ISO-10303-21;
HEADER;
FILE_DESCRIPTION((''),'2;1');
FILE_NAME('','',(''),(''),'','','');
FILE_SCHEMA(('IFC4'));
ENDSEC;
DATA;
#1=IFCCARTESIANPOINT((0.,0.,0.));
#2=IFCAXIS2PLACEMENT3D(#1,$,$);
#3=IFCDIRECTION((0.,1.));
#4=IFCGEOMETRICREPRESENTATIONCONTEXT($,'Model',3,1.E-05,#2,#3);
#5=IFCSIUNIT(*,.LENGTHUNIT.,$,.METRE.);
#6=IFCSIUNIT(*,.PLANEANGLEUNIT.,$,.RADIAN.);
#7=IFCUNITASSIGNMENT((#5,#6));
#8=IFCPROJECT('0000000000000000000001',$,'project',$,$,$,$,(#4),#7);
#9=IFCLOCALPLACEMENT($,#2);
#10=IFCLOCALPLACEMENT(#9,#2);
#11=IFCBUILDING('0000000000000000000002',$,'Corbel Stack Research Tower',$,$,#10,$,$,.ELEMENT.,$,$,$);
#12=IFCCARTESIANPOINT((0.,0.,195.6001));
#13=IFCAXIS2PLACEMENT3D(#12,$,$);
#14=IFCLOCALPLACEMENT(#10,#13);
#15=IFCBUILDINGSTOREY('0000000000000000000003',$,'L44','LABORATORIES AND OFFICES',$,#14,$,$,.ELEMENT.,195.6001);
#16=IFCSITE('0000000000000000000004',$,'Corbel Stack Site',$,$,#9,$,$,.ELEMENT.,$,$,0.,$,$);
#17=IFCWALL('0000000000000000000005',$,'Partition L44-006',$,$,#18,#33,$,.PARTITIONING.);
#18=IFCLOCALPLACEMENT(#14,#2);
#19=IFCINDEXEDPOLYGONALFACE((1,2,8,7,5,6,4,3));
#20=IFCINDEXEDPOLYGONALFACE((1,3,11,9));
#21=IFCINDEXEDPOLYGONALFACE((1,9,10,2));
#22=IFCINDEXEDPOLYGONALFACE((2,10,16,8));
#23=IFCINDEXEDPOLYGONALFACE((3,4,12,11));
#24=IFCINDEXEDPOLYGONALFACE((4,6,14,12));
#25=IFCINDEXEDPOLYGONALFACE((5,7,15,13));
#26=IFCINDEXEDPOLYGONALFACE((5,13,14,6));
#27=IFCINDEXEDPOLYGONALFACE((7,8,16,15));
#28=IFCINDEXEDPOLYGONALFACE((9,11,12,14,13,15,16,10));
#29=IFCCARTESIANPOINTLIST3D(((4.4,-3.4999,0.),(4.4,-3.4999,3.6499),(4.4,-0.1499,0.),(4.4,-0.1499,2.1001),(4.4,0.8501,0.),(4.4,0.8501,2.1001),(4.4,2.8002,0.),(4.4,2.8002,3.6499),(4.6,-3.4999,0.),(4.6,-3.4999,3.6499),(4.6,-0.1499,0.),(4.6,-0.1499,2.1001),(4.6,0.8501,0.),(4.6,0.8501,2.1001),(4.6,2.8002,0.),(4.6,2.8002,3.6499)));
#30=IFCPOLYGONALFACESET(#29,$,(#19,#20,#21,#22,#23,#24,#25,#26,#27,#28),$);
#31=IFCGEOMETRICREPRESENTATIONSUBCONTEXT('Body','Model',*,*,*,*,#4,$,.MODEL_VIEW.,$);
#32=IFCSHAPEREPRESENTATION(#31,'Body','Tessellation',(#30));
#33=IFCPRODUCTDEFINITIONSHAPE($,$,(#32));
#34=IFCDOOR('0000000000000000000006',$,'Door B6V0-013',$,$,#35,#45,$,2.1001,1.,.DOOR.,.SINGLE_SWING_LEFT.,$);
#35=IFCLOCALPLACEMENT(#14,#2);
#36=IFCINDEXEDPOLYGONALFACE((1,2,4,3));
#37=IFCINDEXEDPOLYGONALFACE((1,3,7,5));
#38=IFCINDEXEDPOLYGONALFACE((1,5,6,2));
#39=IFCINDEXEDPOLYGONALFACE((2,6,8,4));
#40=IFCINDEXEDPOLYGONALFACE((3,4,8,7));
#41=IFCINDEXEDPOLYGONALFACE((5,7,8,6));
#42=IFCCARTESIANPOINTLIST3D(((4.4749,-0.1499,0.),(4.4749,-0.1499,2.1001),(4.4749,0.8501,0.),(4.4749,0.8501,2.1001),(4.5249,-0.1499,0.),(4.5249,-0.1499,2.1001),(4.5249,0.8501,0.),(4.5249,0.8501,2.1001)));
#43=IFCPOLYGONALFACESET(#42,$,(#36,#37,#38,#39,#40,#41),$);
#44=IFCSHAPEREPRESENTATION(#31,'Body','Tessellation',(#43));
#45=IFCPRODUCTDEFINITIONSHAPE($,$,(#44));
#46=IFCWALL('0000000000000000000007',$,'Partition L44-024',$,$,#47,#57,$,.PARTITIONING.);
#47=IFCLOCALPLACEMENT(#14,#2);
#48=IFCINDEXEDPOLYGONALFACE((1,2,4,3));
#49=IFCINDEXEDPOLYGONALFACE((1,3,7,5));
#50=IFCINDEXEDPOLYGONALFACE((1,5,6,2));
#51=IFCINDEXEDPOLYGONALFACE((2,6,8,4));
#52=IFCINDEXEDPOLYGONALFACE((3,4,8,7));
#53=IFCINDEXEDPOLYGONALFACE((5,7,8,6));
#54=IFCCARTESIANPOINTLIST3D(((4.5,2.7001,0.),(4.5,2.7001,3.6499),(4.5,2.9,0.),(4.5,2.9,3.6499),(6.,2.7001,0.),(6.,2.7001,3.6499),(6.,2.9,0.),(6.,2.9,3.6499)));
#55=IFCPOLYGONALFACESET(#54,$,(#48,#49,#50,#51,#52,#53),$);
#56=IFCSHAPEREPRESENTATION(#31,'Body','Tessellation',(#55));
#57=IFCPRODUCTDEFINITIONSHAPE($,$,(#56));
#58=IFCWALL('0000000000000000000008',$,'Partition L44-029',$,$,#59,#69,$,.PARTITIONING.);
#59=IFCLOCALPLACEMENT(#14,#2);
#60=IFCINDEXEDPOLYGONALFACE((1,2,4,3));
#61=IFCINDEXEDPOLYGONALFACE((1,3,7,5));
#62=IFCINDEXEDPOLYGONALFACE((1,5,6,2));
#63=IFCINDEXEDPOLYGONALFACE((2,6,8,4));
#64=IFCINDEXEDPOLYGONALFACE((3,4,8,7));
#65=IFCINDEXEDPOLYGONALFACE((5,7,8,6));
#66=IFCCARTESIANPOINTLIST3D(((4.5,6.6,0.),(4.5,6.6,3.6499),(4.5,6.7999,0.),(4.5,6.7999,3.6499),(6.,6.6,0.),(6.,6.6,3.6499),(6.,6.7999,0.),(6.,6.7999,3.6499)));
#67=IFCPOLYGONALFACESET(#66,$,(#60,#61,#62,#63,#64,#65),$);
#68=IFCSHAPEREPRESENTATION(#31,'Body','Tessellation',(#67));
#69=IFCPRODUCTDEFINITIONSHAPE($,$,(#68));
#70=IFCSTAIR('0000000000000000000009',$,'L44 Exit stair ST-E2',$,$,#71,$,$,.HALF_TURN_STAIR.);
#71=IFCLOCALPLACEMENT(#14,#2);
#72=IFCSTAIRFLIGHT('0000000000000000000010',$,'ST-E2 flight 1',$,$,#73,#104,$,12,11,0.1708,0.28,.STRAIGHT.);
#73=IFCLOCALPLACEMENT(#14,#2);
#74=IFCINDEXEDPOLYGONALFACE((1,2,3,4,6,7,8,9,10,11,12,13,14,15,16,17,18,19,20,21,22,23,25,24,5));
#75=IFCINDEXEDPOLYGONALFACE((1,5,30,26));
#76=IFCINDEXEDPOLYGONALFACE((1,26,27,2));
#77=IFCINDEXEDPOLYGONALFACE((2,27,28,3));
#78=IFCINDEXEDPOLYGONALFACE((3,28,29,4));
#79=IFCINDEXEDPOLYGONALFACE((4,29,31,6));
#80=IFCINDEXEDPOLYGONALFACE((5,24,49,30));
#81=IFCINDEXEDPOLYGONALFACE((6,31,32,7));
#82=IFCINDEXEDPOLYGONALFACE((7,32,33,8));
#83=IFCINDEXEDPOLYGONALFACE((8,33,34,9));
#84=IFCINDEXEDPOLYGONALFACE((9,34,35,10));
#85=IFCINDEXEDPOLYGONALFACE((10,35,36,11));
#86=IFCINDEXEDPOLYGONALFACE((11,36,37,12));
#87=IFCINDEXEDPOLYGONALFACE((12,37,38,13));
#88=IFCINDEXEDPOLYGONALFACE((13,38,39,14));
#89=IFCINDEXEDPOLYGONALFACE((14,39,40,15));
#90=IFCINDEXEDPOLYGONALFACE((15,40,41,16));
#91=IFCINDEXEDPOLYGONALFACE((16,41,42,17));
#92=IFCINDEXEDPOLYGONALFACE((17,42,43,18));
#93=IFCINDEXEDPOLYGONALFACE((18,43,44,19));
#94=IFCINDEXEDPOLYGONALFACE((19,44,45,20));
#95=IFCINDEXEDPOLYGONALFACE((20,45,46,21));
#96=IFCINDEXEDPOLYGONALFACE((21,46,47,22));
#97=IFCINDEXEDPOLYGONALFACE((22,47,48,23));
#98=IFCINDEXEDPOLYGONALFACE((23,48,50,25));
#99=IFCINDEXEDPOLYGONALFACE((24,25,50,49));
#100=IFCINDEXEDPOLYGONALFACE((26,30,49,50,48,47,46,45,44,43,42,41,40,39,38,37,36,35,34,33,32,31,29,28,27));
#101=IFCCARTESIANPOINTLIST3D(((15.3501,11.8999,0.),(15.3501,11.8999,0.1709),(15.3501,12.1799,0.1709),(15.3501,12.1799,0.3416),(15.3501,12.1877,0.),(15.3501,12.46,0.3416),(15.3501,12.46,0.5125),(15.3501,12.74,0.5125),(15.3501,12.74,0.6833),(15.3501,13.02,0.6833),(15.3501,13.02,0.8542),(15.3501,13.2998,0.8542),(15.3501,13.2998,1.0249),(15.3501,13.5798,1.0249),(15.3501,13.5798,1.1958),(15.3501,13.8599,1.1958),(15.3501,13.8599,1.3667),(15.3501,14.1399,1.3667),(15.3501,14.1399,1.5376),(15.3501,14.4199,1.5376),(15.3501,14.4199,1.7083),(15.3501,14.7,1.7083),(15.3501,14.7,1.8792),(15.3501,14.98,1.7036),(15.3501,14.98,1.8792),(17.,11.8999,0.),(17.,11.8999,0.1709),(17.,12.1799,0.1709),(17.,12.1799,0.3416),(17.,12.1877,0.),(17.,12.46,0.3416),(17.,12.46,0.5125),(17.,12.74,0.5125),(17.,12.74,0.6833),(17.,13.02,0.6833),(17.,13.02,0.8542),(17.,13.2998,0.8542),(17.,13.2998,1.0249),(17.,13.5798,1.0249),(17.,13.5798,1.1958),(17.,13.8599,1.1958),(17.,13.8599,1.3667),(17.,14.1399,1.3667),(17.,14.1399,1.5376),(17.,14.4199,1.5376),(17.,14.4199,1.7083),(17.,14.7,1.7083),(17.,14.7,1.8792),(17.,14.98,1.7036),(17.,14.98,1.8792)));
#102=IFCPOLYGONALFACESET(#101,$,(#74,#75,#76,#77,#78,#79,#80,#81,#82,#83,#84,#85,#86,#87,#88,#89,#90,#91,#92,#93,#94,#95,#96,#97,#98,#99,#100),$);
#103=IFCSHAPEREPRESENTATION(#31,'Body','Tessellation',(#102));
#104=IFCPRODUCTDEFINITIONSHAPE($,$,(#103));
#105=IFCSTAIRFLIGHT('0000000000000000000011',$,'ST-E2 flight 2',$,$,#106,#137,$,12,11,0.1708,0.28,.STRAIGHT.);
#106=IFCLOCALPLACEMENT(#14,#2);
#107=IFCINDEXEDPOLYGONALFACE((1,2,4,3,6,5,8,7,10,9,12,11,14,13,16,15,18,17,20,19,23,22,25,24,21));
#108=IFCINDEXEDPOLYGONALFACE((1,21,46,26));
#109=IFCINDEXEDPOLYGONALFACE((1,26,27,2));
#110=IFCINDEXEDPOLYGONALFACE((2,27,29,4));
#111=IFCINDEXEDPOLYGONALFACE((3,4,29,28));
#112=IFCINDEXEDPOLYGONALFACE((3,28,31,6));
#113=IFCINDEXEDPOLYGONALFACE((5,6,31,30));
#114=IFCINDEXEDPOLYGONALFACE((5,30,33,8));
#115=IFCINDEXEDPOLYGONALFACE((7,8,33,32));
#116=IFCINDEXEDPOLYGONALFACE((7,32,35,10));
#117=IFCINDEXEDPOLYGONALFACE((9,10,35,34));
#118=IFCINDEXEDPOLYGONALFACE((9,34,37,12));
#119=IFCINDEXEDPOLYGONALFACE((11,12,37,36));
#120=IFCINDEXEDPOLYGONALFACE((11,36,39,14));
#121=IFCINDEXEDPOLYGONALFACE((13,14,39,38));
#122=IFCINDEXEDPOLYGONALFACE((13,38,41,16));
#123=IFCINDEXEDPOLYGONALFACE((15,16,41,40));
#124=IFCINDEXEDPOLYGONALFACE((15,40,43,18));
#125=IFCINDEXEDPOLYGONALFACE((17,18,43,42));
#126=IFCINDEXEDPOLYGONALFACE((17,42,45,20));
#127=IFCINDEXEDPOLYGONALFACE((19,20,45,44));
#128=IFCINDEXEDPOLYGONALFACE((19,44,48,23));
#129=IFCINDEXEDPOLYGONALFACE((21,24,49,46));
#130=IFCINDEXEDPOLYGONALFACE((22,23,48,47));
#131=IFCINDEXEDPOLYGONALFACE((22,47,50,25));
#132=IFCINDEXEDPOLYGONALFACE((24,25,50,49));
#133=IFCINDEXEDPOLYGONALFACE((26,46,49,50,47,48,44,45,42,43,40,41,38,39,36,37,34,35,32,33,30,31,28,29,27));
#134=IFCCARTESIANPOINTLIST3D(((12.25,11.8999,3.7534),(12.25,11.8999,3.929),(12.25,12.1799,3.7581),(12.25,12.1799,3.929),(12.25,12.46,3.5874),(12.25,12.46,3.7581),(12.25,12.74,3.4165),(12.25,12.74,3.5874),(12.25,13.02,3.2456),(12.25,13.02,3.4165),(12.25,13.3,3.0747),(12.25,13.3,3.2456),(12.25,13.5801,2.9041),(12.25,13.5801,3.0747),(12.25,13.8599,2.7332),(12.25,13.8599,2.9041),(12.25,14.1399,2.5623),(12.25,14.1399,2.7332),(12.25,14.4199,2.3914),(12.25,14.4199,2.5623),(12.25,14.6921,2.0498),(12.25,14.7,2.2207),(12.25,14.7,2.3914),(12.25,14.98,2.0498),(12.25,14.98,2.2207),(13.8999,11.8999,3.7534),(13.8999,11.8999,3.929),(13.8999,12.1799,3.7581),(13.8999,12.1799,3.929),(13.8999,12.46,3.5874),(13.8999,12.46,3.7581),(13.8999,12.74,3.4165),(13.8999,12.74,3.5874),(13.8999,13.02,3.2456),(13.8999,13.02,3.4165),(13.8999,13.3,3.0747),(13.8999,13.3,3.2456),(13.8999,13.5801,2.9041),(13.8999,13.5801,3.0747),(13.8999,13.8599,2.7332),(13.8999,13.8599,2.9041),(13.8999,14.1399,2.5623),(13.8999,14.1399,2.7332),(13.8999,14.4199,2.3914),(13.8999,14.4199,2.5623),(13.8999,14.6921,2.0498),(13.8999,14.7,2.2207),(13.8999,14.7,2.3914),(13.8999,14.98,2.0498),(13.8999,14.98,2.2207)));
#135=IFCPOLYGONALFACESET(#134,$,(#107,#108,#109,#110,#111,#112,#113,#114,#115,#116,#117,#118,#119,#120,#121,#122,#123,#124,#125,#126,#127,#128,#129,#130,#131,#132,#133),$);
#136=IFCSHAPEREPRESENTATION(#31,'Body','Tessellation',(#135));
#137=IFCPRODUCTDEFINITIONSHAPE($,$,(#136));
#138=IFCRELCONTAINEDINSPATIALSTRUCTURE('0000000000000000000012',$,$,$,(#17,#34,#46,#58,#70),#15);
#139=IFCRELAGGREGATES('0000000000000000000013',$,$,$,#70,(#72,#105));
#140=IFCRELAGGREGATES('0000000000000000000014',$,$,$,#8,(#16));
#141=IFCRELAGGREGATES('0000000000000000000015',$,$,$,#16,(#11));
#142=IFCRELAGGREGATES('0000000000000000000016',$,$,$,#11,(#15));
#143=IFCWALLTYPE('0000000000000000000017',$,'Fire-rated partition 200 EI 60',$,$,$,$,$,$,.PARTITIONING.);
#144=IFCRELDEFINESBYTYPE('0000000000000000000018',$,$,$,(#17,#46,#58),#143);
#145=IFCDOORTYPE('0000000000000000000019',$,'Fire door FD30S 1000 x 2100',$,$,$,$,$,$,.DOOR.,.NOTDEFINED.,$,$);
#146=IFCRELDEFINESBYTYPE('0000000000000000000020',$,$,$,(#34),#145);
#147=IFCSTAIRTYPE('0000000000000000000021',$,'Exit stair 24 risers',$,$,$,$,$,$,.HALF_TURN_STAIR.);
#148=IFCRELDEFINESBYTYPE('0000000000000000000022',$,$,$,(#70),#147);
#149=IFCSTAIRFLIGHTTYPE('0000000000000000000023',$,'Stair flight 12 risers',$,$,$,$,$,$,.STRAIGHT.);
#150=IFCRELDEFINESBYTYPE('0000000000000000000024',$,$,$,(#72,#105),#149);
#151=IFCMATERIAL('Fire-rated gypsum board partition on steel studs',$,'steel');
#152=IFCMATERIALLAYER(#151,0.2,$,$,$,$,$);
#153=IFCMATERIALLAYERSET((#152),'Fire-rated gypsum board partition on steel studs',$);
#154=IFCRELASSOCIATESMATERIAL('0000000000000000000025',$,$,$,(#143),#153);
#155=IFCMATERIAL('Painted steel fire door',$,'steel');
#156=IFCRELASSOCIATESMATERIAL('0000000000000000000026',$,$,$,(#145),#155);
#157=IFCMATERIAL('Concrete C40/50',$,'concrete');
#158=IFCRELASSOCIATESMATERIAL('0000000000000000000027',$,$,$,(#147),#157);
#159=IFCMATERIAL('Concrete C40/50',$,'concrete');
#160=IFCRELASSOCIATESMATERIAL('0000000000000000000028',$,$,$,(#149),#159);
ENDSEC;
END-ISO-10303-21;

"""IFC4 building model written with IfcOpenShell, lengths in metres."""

from ifc_helpers import new_model, si_unit, direction, frame, frame_2d, origin, place, context, subcontext, project, spatial, polyline, rectangle, outline, extrude, material, layer, layer_set, type_object, element, fill, aggregate, save


model = new_model("IFC4")

# Units and contexts
model_context = context("Model", 3, precision=1e-05, world=origin(), true_north=direction((0.0, 1.0)))
body_context = subcontext(model_context, "Body", "Model", "MODEL_VIEW")
ifc_project = project(units=[si_unit("LENGTHUNIT", "METRE"), si_unit("PLANEANGLEUNIT", "RADIAN")], contexts=[model_context])

# Site, building, storey
site_placement = place(None, origin())
site = spatial("IfcSite", under=ifc_project, at=site_placement, Name="Corbel Stack Site", CompositionType="ELEMENT", RefElevation=0.0)
building_placement = place(site_placement, origin())
building = spatial("IfcBuilding", under=site, at=building_placement, Name="Corbel Stack Research Tower", CompositionType="ELEMENT")
storey_placement = place(building_placement, frame((0.0, 0.0, 195.6001)))
storey = spatial("IfcBuildingStorey", under=building, at=storey_placement, Name="L44", Description="LABORATORIES AND OFFICES", CompositionType="ELEMENT", Elevation=195.6001)

# Wall, opening, door
ifc_material_1 = material(Name="Fire-rated gypsum board partition on steel studs", Category="steel")
ifc_layer_1 = layer(ifc_material_1, 0.2)
ifc_layer_set_1 = layer_set([ifc_layer_1], Name="Fire-rated gypsum board partition on steel studs")
wall_type_1 = type_object("IfcWallType", Name="Fire-rated partition 200 EI 60", PredefinedType="PARTITIONING", material=ifc_layer_set_1)
wall_1_placement = place(storey_placement, frame((4.5, 2.8, 0.0), z_axis=(0.0, 0.0, 1.0), x_axis=(0.0, -1.0, 0.0)))
wall_1 = element("IfcWall", 1, at=wall_1_placement, inside=storey, type_object=wall_type_1, Name="Partition L44-006", PredefinedType="PARTITIONING", context=body_context, shape_type="SweptSolid", body=[
    extrude(rectangle(XDim=6.3, YDim=0.2, at=frame_2d((3.1499, 0.0))), origin(), (0.0, 0.0, 1.0), 3.6499),
])
opening_1_placement = place(wall_1_placement, frame((1.95, 0.0, 0.0)))
opening_1 = element("IfcOpeningElement", 2, at=opening_1_placement, cuts=wall_1, PredefinedType="OPENING", context=body_context, shape_type="SweptSolid", body=[
    extrude(rectangle(XDim=1.0, YDim=2.1001, at=frame_2d((0.5, 1.05))), frame((0.0, 0.1099, 0.0), z_axis=(0.0, -1.0, 0.0), x_axis=(1.0, 0.0, 0.0)), (0.0, 0.0, 1.0), 0.22),
])
ifc_material_2 = material(Name="Painted steel fire door", Category="steel")
door_type_1 = type_object("IfcDoorType", Name="Fire door FD30S 1000 x 2100", OperationType="NOTDEFINED", PredefinedType="DOOR", material=ifc_material_2)
door_1_placement = place(opening_1_placement, origin())
door_1 = element("IfcDoor", 3, at=door_1_placement, inside=storey, type_object=door_type_1, Name="Door B6V0-013", OperationType="SINGLE_SWING_LEFT", OverallHeight=2.1001, OverallWidth=1.0, PredefinedType="DOOR", context=body_context, shape_type="SweptSolid", body=[
    extrude(rectangle(XDim=1.0, YDim=2.1001, at=frame_2d((0.5, 1.05))), frame((0.0, 0.0249, 0.0), z_axis=(0.0, -1.0, 0.0), x_axis=(1.0, 0.0, 0.0)), (0.0, 0.0, 1.0), 0.05),
])
fill(opening_1, door_1)

# Walls
for number, where, z_axis, x_axis, name in (
    (4, (4.5, 2.8, 0.0), (0.0, 0.0, 1.0), (1.0, 0.0, 0.0), "Partition L44-024"),
    (5, (4.5, 6.7, 0.0), (0.0, 0.0, 1.0), (1.0, 0.0, 0.0), "Partition L44-029"),
):
    element("IfcWall", number, at=place(storey_placement, frame(where, z_axis=z_axis, x_axis=x_axis)), inside=storey, type_object=wall_type_1, Name=name, PredefinedType="PARTITIONING", context=body_context, shape_type="SweptSolid", body=[
        extrude(rectangle(XDim=1.5, YDim=0.2, at=frame_2d((0.75, 0.0))), origin(), (0.0, 0.0, 1.0), 3.6499),
    ])

# Stair, stair flights
ifc_material_3 = material(Name="Concrete C40/50", Category="concrete")
stair_type = type_object("IfcStairType", Name="Exit stair 24 risers", PredefinedType="HALF_TURN_STAIR", material=ifc_material_3)
stair_placement = place(storey_placement, origin())
stair = element("IfcStair", 6, at=stair_placement, inside=storey, type_object=stair_type, Name="L44 Exit stair ST-E2", PredefinedType="HALF_TURN_STAIR")
ifc_material_4 = material(Name="Concrete C40/50", Category="concrete")
stair_flight_type = type_object("IfcStairFlightType", Name="Stair flight 12 risers", PredefinedType="STRAIGHT", material=ifc_material_4)
stair_flight_1_placement = place(storey_placement, frame((16.175, 11.8999, 0.0), z_axis=(0.0, 0.0, 1.0), x_axis=(0.0, 1.0, 0.0)))
stair_flight_1 = element("IfcStairFlight", 7, at=stair_flight_1_placement, type_object=stair_flight_type, Name="ST-E2 flight 1", NumberOfRisers=12, NumberOfTreads=11, PredefinedType="STRAIGHT", RiserHeight=0.1708, TreadLength=0.28, context=body_context, shape_type="SweptSolid", body=[
    extrude(outline(polyline([(0.0, 0.0), (0.0, 0.1709), (0.28, 0.1709), (0.28, 0.3416), (0.5601, 0.3416), (0.5601, 0.5125), (0.8401, 0.5125), (0.8401, 0.6833), (1.1201, 0.6833), (1.1201, 0.8542), (1.3999, 0.8542), (1.3999, 1.0249), (1.6799, 1.0249), (1.6799, 1.1958), (1.96, 1.1958), (1.96, 1.3667), (2.24, 1.3667), (2.24, 1.5376), (2.52, 1.5376), (2.52, 1.7083), (2.8, 1.7083), (2.8, 1.8792), (3.0801, 1.8792), (3.0801, 2.05), (3.0801, 1.7036), (0.2878, 0.0), (0.0, 0.0)])), frame((0.0, 0.825, 0.0), z_axis=(0.0, -1.0, 0.0), x_axis=(1.0, 0.0, 0.0)), (0.0, 0.0, 1.0), 1.6499),
])
stair_flight_2_placement = place(storey_placement, frame((13.075, 14.98, 2.0498), z_axis=(0.0, 0.0, 1.0), x_axis=(0.0, -1.0, 0.0)))
stair_flight_2 = element("IfcStairFlight", 8, at=stair_flight_2_placement, type_object=stair_flight_type, Name="ST-E2 flight 2", NumberOfRisers=12, NumberOfTreads=11, PredefinedType="STRAIGHT", RiserHeight=0.1708, TreadLength=0.28, context=body_context, shape_type="SweptSolid", body=[
    extrude(outline(polyline([(0.0, 0.0), (0.0, 0.1709), (0.28, 0.1709), (0.28, 0.3416), (0.5601, 0.3416), (0.5601, 0.5125), (0.8401, 0.5125), (0.8401, 0.6833), (1.1201, 0.6833), (1.1201, 0.8542), (1.3999, 0.8542), (1.3999, 1.0249), (1.6799, 1.0249), (1.6799, 1.1958), (1.96, 1.1958), (1.96, 1.3667), (2.24, 1.3667), (2.24, 1.5376), (2.52, 1.5376), (2.52, 1.7083), (2.8, 1.7083), (2.8, 1.8792), (3.0801, 1.8792), (3.0801, 2.05), (3.0801, 1.7036), (0.2878, 0.0), (0.0, 0.0)])), frame((0.0, 0.825, 0.0), z_axis=(0.0, -1.0, 0.0), x_axis=(1.0, 0.0, 0.0)), (0.0, 0.0, 1.0), 1.6499),
])
aggregate(stair, [stair_flight_1, stair_flight_2])

save(model, "model.ifc")
